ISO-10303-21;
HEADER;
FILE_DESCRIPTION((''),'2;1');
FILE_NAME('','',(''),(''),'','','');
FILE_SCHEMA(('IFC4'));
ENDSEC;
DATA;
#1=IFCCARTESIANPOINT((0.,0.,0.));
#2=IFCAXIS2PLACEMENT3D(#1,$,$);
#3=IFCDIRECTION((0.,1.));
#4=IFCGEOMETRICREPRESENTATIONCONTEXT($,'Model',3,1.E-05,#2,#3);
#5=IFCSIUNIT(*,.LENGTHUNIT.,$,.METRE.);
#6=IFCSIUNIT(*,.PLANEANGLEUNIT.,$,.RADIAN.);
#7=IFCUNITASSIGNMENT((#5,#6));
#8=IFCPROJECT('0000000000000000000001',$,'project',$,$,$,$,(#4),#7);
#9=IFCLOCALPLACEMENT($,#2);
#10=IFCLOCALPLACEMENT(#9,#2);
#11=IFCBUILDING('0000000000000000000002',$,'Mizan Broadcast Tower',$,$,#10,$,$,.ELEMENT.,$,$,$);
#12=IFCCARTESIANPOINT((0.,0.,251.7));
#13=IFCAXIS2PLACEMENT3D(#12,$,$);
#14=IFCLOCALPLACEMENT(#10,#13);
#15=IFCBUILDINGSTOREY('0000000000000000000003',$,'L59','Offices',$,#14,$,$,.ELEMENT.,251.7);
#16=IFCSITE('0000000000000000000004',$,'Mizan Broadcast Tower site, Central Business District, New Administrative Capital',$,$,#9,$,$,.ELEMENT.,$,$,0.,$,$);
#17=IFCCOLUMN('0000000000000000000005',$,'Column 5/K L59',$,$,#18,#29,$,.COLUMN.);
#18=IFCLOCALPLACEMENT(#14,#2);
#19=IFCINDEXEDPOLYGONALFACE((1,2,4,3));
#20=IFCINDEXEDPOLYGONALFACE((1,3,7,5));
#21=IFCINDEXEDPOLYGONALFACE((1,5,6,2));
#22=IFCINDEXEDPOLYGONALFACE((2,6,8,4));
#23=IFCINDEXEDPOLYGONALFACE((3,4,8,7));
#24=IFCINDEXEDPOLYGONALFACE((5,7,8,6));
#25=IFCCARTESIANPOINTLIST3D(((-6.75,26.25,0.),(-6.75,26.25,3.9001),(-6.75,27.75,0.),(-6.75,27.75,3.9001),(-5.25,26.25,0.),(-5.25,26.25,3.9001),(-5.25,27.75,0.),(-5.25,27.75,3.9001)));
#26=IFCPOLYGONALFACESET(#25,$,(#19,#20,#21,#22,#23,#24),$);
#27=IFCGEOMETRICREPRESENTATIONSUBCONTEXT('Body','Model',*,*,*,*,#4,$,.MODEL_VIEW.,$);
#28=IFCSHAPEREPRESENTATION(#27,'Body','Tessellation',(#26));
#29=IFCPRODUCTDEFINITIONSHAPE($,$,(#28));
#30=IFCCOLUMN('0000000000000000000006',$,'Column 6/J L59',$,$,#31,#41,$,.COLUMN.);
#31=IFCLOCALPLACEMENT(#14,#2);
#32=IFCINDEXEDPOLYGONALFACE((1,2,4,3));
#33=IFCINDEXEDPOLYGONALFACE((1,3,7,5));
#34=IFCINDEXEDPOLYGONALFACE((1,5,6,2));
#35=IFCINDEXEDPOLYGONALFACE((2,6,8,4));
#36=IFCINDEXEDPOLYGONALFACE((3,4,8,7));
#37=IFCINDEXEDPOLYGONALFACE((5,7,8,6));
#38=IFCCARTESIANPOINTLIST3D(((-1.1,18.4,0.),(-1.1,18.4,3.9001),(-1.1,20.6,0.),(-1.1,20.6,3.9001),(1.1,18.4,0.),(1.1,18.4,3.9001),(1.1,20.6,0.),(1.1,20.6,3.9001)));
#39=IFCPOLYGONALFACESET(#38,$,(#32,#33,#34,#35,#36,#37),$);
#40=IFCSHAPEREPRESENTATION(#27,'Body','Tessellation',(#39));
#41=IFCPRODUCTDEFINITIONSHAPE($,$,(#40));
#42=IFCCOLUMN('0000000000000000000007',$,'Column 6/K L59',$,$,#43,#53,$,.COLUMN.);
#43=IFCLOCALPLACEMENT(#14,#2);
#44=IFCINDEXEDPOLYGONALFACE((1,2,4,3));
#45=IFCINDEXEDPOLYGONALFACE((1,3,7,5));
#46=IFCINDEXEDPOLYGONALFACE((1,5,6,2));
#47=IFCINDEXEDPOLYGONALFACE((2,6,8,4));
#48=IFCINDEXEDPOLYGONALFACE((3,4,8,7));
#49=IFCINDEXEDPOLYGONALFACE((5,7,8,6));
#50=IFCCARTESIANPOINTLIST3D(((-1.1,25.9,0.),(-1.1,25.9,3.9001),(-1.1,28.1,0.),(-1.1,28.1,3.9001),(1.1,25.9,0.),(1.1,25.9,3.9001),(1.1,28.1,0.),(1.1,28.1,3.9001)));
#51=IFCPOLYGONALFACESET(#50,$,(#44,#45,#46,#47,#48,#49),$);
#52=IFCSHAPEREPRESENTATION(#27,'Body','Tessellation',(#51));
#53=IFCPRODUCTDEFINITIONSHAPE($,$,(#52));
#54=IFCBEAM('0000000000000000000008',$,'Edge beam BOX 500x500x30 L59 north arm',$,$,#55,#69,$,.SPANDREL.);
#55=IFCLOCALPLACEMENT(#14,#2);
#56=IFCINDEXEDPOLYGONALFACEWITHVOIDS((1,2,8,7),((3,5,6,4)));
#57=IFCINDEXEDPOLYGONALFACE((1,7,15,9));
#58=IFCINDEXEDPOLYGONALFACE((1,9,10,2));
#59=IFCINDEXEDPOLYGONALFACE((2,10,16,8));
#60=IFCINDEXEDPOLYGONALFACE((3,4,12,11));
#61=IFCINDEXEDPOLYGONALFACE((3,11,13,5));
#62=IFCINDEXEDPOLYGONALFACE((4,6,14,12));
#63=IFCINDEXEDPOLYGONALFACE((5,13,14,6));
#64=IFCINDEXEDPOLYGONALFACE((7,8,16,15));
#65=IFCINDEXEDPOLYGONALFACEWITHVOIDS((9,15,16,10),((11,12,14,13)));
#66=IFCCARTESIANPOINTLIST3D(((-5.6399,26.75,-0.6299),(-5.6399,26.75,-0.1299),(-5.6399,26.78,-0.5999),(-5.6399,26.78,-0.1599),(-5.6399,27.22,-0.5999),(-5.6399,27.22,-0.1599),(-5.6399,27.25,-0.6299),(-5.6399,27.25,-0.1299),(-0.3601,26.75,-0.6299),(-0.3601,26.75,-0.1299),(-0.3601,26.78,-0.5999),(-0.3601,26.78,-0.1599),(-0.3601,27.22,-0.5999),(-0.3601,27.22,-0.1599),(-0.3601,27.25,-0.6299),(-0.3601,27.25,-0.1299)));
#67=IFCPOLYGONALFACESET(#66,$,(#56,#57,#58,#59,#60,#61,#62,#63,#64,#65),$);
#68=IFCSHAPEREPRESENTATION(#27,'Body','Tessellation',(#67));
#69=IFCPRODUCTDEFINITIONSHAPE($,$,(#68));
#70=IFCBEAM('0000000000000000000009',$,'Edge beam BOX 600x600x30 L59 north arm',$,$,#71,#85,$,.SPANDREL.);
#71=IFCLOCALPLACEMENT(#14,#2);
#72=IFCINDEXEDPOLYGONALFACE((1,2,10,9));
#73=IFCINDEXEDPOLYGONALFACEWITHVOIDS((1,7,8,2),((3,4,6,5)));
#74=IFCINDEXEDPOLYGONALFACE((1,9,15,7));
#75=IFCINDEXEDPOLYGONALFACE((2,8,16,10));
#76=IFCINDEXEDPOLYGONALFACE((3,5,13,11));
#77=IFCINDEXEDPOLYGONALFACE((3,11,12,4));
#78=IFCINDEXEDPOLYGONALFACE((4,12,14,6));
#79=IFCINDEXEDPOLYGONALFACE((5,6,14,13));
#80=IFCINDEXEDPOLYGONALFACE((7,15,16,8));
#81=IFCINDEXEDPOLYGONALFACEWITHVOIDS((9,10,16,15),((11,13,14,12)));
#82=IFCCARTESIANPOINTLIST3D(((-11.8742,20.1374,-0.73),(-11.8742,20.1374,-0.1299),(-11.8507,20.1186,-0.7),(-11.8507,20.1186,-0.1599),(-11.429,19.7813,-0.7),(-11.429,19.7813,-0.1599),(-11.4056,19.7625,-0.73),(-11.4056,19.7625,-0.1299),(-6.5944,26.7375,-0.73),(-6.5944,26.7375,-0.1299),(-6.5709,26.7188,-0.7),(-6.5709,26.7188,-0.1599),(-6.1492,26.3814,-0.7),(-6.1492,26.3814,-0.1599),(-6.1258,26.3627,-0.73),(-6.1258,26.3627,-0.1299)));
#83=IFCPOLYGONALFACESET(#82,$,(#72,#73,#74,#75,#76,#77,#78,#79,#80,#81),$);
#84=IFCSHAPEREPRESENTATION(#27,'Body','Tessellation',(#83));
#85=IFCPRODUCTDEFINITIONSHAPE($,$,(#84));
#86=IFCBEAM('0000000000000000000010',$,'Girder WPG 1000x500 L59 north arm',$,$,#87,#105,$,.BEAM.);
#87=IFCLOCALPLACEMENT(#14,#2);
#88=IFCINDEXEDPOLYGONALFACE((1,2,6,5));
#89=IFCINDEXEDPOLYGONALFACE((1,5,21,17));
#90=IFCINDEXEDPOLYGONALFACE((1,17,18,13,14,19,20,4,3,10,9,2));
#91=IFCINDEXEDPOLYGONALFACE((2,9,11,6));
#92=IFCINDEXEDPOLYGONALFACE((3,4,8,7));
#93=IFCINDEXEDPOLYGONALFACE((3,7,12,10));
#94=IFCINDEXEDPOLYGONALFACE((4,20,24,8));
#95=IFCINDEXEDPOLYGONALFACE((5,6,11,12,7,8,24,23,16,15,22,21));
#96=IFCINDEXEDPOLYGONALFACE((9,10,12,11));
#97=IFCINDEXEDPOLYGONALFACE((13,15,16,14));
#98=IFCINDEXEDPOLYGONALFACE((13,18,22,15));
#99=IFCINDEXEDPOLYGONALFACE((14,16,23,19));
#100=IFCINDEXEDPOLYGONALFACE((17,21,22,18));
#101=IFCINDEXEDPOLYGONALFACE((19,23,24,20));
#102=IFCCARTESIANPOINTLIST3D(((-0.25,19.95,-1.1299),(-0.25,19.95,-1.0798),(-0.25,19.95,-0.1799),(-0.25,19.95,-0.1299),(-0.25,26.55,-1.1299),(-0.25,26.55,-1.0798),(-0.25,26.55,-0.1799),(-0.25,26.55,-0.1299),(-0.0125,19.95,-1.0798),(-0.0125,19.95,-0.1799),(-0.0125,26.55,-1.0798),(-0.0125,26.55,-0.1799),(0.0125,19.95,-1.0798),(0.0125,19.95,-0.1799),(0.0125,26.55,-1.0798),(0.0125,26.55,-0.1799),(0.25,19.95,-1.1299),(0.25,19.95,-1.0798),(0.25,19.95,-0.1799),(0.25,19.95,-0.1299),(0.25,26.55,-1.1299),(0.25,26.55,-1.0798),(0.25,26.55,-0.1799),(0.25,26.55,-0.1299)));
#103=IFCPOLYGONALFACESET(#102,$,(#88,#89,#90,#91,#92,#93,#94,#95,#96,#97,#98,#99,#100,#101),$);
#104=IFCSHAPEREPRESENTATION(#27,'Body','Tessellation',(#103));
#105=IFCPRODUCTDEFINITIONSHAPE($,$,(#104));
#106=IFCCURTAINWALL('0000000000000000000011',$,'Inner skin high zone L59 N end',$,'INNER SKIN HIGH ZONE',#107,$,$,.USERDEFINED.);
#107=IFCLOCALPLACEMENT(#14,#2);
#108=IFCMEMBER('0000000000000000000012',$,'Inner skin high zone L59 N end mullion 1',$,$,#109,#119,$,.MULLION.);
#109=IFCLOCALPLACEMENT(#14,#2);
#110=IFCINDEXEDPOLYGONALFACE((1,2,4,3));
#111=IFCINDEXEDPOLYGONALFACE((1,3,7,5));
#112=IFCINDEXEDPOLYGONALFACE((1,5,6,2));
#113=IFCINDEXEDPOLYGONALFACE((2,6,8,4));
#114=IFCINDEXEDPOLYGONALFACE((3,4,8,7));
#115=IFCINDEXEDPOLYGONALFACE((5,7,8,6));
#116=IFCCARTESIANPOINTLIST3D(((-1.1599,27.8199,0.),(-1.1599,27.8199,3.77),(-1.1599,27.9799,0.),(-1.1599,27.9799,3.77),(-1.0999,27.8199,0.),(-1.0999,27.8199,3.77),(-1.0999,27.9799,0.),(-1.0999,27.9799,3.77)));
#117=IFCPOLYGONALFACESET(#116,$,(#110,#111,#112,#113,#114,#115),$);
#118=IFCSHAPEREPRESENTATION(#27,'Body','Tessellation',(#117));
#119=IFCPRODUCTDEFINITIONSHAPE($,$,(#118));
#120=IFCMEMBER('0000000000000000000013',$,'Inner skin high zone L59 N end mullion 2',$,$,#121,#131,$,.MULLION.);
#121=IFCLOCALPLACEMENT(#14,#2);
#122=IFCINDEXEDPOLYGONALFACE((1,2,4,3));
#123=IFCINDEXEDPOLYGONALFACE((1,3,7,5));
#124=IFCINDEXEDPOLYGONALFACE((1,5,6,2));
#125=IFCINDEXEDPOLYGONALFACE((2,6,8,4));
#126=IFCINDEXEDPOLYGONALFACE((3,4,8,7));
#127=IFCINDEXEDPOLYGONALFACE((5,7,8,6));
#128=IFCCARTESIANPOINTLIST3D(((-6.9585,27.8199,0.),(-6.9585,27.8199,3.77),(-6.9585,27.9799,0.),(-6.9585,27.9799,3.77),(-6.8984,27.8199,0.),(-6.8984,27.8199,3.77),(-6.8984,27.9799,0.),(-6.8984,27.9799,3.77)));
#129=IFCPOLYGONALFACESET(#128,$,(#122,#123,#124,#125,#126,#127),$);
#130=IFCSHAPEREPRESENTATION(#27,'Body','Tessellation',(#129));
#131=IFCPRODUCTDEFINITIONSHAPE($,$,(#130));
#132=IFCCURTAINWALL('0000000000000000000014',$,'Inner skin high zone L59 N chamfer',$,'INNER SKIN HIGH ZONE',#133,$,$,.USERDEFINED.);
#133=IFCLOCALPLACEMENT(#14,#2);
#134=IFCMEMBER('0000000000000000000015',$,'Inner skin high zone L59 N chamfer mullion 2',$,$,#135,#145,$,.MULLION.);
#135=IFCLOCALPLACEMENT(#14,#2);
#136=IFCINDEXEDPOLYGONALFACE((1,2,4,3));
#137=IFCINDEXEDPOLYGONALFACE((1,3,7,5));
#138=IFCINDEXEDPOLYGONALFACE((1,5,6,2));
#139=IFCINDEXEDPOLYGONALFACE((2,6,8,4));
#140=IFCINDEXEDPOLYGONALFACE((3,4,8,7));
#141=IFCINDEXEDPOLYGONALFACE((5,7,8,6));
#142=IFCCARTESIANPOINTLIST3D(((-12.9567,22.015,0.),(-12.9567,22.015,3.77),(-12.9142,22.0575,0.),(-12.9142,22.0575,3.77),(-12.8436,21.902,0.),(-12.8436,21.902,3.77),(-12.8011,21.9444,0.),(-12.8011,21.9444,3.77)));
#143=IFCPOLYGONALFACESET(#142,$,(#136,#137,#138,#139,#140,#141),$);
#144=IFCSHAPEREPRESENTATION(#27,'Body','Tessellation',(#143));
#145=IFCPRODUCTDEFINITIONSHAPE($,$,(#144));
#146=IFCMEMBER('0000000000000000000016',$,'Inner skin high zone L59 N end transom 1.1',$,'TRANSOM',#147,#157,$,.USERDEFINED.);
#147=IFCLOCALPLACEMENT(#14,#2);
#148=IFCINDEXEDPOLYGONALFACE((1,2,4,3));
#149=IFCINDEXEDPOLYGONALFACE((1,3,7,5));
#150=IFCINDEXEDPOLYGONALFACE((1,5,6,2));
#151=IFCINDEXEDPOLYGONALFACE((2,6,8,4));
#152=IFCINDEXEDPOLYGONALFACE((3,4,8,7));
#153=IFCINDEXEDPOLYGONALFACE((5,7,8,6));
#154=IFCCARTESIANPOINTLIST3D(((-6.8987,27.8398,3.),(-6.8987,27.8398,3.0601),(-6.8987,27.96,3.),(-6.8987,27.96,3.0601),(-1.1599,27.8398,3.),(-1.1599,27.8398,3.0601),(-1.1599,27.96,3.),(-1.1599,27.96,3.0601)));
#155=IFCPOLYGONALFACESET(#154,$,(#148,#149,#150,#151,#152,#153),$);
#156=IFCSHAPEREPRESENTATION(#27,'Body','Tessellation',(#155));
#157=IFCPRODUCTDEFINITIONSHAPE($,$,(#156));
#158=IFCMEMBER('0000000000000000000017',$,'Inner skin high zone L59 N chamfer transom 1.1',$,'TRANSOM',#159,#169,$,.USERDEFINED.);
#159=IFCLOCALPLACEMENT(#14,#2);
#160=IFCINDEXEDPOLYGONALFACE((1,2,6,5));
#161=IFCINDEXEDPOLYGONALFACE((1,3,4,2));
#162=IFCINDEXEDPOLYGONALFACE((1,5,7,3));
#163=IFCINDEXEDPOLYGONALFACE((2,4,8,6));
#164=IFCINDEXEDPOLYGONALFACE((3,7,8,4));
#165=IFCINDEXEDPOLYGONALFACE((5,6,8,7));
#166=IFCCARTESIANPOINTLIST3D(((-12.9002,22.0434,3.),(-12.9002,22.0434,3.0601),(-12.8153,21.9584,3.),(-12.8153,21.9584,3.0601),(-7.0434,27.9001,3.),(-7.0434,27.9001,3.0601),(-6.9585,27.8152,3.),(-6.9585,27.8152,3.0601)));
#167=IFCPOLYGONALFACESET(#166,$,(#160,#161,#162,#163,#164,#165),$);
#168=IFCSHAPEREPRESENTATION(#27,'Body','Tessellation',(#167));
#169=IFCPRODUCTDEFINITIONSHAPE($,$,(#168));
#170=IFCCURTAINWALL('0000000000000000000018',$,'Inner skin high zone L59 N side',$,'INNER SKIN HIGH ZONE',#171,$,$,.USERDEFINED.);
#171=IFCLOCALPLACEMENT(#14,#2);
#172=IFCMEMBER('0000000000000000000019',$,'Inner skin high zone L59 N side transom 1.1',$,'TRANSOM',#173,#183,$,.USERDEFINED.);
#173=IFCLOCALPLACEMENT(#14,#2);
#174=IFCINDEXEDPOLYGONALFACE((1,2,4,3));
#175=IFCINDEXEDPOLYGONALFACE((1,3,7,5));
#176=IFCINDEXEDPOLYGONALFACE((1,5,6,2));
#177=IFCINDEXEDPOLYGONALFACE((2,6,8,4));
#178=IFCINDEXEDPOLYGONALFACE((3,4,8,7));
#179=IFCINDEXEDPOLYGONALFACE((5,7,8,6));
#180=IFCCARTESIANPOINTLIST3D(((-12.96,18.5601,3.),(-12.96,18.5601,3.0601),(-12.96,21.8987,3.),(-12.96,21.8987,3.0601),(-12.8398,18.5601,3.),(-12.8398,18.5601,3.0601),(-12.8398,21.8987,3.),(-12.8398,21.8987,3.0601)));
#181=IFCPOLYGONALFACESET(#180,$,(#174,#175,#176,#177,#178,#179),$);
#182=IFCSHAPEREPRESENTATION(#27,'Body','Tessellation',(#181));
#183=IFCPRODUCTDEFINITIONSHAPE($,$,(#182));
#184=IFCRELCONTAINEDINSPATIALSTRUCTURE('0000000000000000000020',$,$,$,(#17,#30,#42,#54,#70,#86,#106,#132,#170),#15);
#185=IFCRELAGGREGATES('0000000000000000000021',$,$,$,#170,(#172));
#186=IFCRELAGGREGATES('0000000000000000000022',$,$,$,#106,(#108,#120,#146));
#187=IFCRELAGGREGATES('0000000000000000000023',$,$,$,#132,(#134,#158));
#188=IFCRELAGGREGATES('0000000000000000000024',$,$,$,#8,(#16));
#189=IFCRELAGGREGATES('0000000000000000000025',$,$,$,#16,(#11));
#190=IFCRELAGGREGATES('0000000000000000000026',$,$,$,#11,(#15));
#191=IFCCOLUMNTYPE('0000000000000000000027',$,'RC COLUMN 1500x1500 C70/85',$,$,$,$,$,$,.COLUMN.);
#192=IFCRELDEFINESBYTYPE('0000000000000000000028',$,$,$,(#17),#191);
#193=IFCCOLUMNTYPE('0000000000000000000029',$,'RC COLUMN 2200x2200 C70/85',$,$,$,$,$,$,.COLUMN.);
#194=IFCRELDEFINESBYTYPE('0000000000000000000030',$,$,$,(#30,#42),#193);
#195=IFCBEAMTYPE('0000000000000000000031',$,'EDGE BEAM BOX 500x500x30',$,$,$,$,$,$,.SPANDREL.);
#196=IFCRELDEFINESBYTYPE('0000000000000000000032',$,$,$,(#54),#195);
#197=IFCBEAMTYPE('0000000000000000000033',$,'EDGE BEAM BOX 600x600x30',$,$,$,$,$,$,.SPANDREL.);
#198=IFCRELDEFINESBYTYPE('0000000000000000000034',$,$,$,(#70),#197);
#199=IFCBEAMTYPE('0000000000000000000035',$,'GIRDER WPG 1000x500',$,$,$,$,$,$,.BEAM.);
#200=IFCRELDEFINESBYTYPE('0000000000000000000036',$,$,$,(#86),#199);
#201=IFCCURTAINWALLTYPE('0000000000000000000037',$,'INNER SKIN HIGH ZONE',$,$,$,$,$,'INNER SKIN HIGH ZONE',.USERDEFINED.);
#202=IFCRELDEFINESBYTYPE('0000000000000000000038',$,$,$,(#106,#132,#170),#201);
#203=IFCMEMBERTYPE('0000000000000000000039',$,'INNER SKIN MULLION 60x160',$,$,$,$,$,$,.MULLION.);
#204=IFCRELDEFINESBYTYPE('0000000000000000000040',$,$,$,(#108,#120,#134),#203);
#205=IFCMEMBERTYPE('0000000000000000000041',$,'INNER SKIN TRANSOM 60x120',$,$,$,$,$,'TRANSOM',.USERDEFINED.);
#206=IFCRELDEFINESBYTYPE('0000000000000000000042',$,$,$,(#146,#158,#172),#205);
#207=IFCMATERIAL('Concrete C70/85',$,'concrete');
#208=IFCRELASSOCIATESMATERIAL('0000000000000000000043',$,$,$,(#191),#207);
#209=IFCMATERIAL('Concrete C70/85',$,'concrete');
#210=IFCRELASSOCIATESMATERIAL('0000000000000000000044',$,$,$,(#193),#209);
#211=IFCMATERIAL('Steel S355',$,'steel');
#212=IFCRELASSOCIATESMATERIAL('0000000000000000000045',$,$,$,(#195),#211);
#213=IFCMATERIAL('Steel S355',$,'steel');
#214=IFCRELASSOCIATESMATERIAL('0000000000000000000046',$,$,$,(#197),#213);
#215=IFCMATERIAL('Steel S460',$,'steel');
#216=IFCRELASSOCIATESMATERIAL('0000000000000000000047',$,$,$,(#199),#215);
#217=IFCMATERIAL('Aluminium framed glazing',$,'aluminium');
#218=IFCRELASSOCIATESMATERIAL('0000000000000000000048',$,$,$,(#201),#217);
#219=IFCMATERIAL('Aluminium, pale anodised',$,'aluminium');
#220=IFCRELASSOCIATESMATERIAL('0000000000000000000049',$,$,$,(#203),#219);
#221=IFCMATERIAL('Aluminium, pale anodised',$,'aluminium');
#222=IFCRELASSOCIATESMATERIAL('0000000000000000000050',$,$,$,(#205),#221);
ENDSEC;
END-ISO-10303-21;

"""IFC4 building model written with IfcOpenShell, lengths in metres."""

from ifc_helpers import new_model, si_unit, direction, frame, origin, origin_2d, place, context, subcontext, project, spatial, rectangle, hollow_rectangle, i_section, extrude, material, material_profile, profile_set, type_object, element, aggregate, save


model = new_model("IFC4")

# Units and contexts
model_context = context("Model", 3, precision=1e-05, world=origin(), true_north=direction((0.0, 1.0)))
body_context = subcontext(model_context, "Body", "Model", "MODEL_VIEW")
ifc_project = project(units=[si_unit("LENGTHUNIT", "METRE"), si_unit("PLANEANGLEUNIT", "RADIAN")], contexts=[model_context])

# Site, building, storey
site_placement = place(None, origin())
site = spatial("IfcSite", under=ifc_project, at=site_placement, Name="Mizan Broadcast Tower site, Central Business District, New Administrative Capital", CompositionType="ELEMENT", RefElevation=0.0)
building_placement = place(site_placement, origin())
building = spatial("IfcBuilding", under=site, at=building_placement, Name="Mizan Broadcast Tower", CompositionType="ELEMENT")
storey_placement = place(building_placement, frame((0.0, 0.0, 251.7)))
storey = spatial("IfcBuildingStorey", under=building, at=storey_placement, Name="L59", Description="Offices", CompositionType="ELEMENT", Elevation=251.7)

# Columns
ifc_material_1 = material(Name="Concrete C70/85", Category="concrete")
ifc_material_profile_1 = material_profile(ifc_material_1, rectangle(XDim=1.5, YDim=1.5, at=origin_2d()), Name="RC 1500x1500")
ifc_profile_set_1 = profile_set([ifc_material_profile_1], Name="Concrete C70/85")
column_type_1 = type_object("IfcColumnType", Name="RC COLUMN 1500x1500 C70/85", PredefinedType="COLUMN", material=ifc_profile_set_1)
column_placement = place(storey_placement, frame((-6.0, 27.0, 0.0), z_axis=(0.0, 0.0, 1.0), x_axis=(1.0, 0.0, 0.0)))
element("IfcColumn", 1, at=column_placement, inside=storey, type_object=column_type_1, Name="Column 5/K L59", PredefinedType="COLUMN", context=body_context, shape_type="SweptSolid", body=[
    extrude(rectangle(XDim=1.5, YDim=1.5, at=origin_2d()), origin(), (0.0, 0.0, 1.0), 3.9001),
])
ifc_material_2 = material(Name="Concrete C70/85", Category="concrete")
ifc_material_profile_2 = material_profile(ifc_material_2, rectangle(XDim=2.2, YDim=2.2, at=origin_2d()), Name="RC 2200x2200")
ifc_profile_set_2 = profile_set([ifc_material_profile_2], Name="Concrete C70/85")
column_type_2 = type_object("IfcColumnType", Name="RC COLUMN 2200x2200 C70/85", PredefinedType="COLUMN", material=ifc_profile_set_2)
for number, where, z_axis, x_axis, name in (
    (2, (0.0, 19.5, 0.0), (0.0, 0.0, 1.0), (1.0, 0.0, 0.0), "Column 6/J L59"),
    (3, (0.0, 27.0, 0.0), (0.0, 0.0, 1.0), (1.0, 0.0, 0.0), "Column 6/K L59"),
):
    element("IfcColumn", number, at=place(storey_placement, frame(where, z_axis=z_axis, x_axis=x_axis)), inside=storey, type_object=column_type_2, Name=name, PredefinedType="COLUMN", context=body_context, shape_type="SweptSolid", body=[
        extrude(rectangle(XDim=2.2, YDim=2.2, at=origin_2d()), origin(), (0.0, 0.0, 1.0), 3.9001),
    ])

# Beams
ifc_material_3 = material(Name="Steel S355", Category="steel")
ifc_material_profile_3 = material_profile(ifc_material_3, hollow_rectangle(XDim=0.5, YDim=0.5, WallThickness=0.03, at=origin_2d()), Name="BOX 500x500x30")
ifc_profile_set_3 = profile_set([ifc_material_profile_3], Name="Steel S355")
beam_type_1 = type_object("IfcBeamType", Name="EDGE BEAM BOX 500x500x30", PredefinedType="SPANDREL", material=ifc_profile_set_3)
beam_1_placement = place(storey_placement, frame((-5.6399, 27.0, -0.3799), z_axis=(1.0, 0.0, 0.0), x_axis=(0.0, 1.0, 0.0)))
element("IfcBeam", 4, at=beam_1_placement, inside=storey, type_object=beam_type_1, Name="Edge beam BOX 500x500x30 L59 north arm", PredefinedType="SPANDREL", context=body_context, shape_type="SweptSolid", body=[
    extrude(hollow_rectangle(XDim=0.5, YDim=0.5, WallThickness=0.03, at=origin_2d()), origin(), (0.0, 0.0, 1.0), 5.2798),
])
ifc_material_4 = material(Name="Steel S355", Category="steel")
ifc_material_profile_4 = material_profile(ifc_material_4, hollow_rectangle(XDim=0.6001, YDim=0.6001, WallThickness=0.03, at=origin_2d()), Name="BOX 600x600x30")
ifc_profile_set_4 = profile_set([ifc_material_profile_4], Name="Steel S355")
beam_type_2 = type_object("IfcBeamType", Name="EDGE BEAM BOX 600x600x30", PredefinedType="SPANDREL", material=ifc_profile_set_4)
beam_2_placement = place(storey_placement, frame((-11.6399, 19.95, -0.4299), z_axis=(0.624674, 0.780886, 0.0), x_axis=(-0.780886, 0.624674, 0.0)))
element("IfcBeam", 5, at=beam_2_placement, inside=storey, type_object=beam_type_2, Name="Edge beam BOX 600x600x30 L59 north arm", PredefinedType="SPANDREL", context=body_context, shape_type="SweptSolid", body=[
    extrude(hollow_rectangle(XDim=0.6001, YDim=0.6001, WallThickness=0.03, at=origin_2d()), origin(), (0.0, 0.0, 1.0), 8.4521),
])
ifc_material_5 = material(Name="Steel S460", Category="steel")
ifc_material_profile_5 = material_profile(ifc_material_5, i_section(OverallWidth=0.5, OverallDepth=1.0, WebThickness=0.0249, FlangeThickness=0.05, at=origin_2d()), Name="WPG 1000x500")
ifc_profile_set_5 = profile_set([ifc_material_profile_5], Name="Steel S460")
beam_type_3 = type_object("IfcBeamType", Name="GIRDER WPG 1000x500", PredefinedType="BEAM", material=ifc_profile_set_5)
beam_3_placement = place(storey_placement, frame((0.0, 19.95, -0.6299), z_axis=(0.0, 1.0, 0.0), x_axis=(-1.0, 0.0, 0.0)))
element("IfcBeam", 6, at=beam_3_placement, inside=storey, type_object=beam_type_3, Name="Girder WPG 1000x500 L59 north arm", PredefinedType="BEAM", context=body_context, shape_type="SweptSolid", body=[
    extrude(i_section(OverallWidth=0.5, OverallDepth=1.0, WebThickness=0.0249, FlangeThickness=0.05, at=origin_2d()), origin(), (0.0, 0.0, 1.0), 6.6001),
])

# Curtain wall, members
ifc_material_6 = material(Name="Aluminium framed glazing", Category="aluminium")
curtain_wall_type_1 = type_object("IfcCurtainWallType", Name="INNER SKIN HIGH ZONE", ElementType="INNER SKIN HIGH ZONE", PredefinedType="USERDEFINED", material=ifc_material_6)
curtain_wall_1_placement = place(storey_placement, origin())
curtain_wall_1 = element("IfcCurtainWall", 7, at=curtain_wall_1_placement, inside=storey, type_object=curtain_wall_type_1, Name="Inner skin high zone L59 N end", ObjectType="INNER SKIN HIGH ZONE", PredefinedType="USERDEFINED")
ifc_material_7 = material(Name="Aluminium, pale anodised", Category="aluminium")
ifc_material_profile_6 = material_profile(ifc_material_7, rectangle(XDim=0.1599, YDim=0.0601, at=origin_2d()), Name="MULLION 160x60")
ifc_profile_set_6 = profile_set([ifc_material_profile_6], Name="Aluminium, pale anodised")
member_type_1 = type_object("IfcMemberType", Name="INNER SKIN MULLION 60x160", PredefinedType="MULLION", material=ifc_profile_set_6)
member_1_placement = place(storey_placement, frame((-1.1299, 27.8999, 0.0), z_axis=(0.0, 0.0, 1.0), x_axis=(0.0, -1.0, 0.0)))
member_1 = element("IfcMember", 8, at=member_1_placement, type_object=member_type_1, Name="Inner skin high zone L59 N end mullion 1", PredefinedType="MULLION", context=body_context, shape_type="SweptSolid", body=[
    extrude(rectangle(XDim=0.1599, YDim=0.0601, at=origin_2d()), origin(), (0.0, 0.0, 1.0), 3.77),
])
member_2_placement = place(storey_placement, frame((-6.9285, 27.8999, 0.0), z_axis=(0.0, 0.0, 1.0), x_axis=(0.0, -1.0, 0.0)))
member_2 = element("IfcMember", 9, at=member_2_placement, type_object=member_type_1, Name="Inner skin high zone L59 N end mullion 2", PredefinedType="MULLION", context=body_context, shape_type="SweptSolid", body=[
    extrude(rectangle(XDim=0.1599, YDim=0.0601, at=origin_2d()), origin(), (0.0, 0.0, 1.0), 3.77),
])

# Curtain wall, member
curtain_wall_2_placement = place(storey_placement, origin())
curtain_wall_2 = element("IfcCurtainWall", 10, at=curtain_wall_2_placement, inside=storey, type_object=curtain_wall_type_1, Name="Inner skin high zone L59 N chamfer", ObjectType="INNER SKIN HIGH ZONE", PredefinedType="USERDEFINED")
member_3_placement = place(storey_placement, frame((-12.8789, 21.9797, 0.0), z_axis=(0.0, 0.0, 1.0), x_axis=(0.707107, -0.707107, 0.0)))
member_3 = element("IfcMember", 11, at=member_3_placement, type_object=member_type_1, Name="Inner skin high zone L59 N chamfer mullion 2", PredefinedType="MULLION", context=body_context, shape_type="SweptSolid", body=[
    extrude(rectangle(XDim=0.1599, YDim=0.0601, at=origin_2d()), origin(), (0.0, 0.0, 1.0), 3.77),
])

# Members
ifc_material_8 = material(Name="Aluminium, pale anodised", Category="aluminium")
ifc_material_profile_7 = material_profile(ifc_material_8, rectangle(XDim=0.1201, YDim=0.0601, at=origin_2d()), Name="TRANSOM 120x60")
ifc_profile_set_7 = profile_set([ifc_material_profile_7], Name="Aluminium, pale anodised")
member_type_2 = type_object("IfcMemberType", Name="INNER SKIN TRANSOM 60x120", ElementType="TRANSOM", PredefinedType="USERDEFINED", material=ifc_profile_set_7)
member_4_placement = place(storey_placement, frame((-1.1599, 27.8999, 3.03), z_axis=(-1.0, 0.0, 0.0), x_axis=(0.0, -1.0, 0.0)))
member_4 = element("IfcMember", 12, at=member_4_placement, type_object=member_type_2, Name="Inner skin high zone L59 N end transom 1.1", ObjectType="TRANSOM", PredefinedType="USERDEFINED", context=body_context, shape_type="SweptSolid", body=[
    extrude(rectangle(XDim=0.1201, YDim=0.0601, at=origin_2d()), origin(), (0.0, 0.0, 1.0), 5.7388),
])
member_5_placement = place(storey_placement, frame((-7.001, 27.8577, 3.03), z_axis=(-0.707107, -0.707107, 0.0), x_axis=(0.707107, -0.707107, 0.0)))
member_5 = element("IfcMember", 13, at=member_5_placement, type_object=member_type_2, Name="Inner skin high zone L59 N chamfer transom 1.1", ObjectType="TRANSOM", PredefinedType="USERDEFINED", context=body_context, shape_type="SweptSolid", body=[
    extrude(rectangle(XDim=0.1201, YDim=0.0601, at=origin_2d()), origin(), (0.0, 0.0, 1.0), 8.2827),
])

# Curtain wall, member
curtain_wall_3_placement = place(storey_placement, origin())
curtain_wall_3 = element("IfcCurtainWall", 14, at=curtain_wall_3_placement, inside=storey, type_object=curtain_wall_type_1, Name="Inner skin high zone L59 N side", ObjectType="INNER SKIN HIGH ZONE", PredefinedType="USERDEFINED")
member_6_placement = place(storey_placement, frame((-12.8999, 21.8987, 3.03), z_axis=(0.0, -1.0, 0.0), x_axis=(1.0, 0.0, 0.0)))
member_6 = element("IfcMember", 15, at=member_6_placement, type_object=member_type_2, Name="Inner skin high zone L59 N side transom 1.1", ObjectType="TRANSOM", PredefinedType="USERDEFINED", context=body_context, shape_type="SweptSolid", body=[
    extrude(rectangle(XDim=0.1201, YDim=0.0601, at=origin_2d()), origin(), (0.0, 0.0, 1.0), 3.3386),
])
aggregate(curtain_wall_3, [member_6])

aggregate(curtain_wall_1, [member_1, member_2, member_4])
aggregate(curtain_wall_2, [member_3, member_5])

save(model, "model.ifc")
